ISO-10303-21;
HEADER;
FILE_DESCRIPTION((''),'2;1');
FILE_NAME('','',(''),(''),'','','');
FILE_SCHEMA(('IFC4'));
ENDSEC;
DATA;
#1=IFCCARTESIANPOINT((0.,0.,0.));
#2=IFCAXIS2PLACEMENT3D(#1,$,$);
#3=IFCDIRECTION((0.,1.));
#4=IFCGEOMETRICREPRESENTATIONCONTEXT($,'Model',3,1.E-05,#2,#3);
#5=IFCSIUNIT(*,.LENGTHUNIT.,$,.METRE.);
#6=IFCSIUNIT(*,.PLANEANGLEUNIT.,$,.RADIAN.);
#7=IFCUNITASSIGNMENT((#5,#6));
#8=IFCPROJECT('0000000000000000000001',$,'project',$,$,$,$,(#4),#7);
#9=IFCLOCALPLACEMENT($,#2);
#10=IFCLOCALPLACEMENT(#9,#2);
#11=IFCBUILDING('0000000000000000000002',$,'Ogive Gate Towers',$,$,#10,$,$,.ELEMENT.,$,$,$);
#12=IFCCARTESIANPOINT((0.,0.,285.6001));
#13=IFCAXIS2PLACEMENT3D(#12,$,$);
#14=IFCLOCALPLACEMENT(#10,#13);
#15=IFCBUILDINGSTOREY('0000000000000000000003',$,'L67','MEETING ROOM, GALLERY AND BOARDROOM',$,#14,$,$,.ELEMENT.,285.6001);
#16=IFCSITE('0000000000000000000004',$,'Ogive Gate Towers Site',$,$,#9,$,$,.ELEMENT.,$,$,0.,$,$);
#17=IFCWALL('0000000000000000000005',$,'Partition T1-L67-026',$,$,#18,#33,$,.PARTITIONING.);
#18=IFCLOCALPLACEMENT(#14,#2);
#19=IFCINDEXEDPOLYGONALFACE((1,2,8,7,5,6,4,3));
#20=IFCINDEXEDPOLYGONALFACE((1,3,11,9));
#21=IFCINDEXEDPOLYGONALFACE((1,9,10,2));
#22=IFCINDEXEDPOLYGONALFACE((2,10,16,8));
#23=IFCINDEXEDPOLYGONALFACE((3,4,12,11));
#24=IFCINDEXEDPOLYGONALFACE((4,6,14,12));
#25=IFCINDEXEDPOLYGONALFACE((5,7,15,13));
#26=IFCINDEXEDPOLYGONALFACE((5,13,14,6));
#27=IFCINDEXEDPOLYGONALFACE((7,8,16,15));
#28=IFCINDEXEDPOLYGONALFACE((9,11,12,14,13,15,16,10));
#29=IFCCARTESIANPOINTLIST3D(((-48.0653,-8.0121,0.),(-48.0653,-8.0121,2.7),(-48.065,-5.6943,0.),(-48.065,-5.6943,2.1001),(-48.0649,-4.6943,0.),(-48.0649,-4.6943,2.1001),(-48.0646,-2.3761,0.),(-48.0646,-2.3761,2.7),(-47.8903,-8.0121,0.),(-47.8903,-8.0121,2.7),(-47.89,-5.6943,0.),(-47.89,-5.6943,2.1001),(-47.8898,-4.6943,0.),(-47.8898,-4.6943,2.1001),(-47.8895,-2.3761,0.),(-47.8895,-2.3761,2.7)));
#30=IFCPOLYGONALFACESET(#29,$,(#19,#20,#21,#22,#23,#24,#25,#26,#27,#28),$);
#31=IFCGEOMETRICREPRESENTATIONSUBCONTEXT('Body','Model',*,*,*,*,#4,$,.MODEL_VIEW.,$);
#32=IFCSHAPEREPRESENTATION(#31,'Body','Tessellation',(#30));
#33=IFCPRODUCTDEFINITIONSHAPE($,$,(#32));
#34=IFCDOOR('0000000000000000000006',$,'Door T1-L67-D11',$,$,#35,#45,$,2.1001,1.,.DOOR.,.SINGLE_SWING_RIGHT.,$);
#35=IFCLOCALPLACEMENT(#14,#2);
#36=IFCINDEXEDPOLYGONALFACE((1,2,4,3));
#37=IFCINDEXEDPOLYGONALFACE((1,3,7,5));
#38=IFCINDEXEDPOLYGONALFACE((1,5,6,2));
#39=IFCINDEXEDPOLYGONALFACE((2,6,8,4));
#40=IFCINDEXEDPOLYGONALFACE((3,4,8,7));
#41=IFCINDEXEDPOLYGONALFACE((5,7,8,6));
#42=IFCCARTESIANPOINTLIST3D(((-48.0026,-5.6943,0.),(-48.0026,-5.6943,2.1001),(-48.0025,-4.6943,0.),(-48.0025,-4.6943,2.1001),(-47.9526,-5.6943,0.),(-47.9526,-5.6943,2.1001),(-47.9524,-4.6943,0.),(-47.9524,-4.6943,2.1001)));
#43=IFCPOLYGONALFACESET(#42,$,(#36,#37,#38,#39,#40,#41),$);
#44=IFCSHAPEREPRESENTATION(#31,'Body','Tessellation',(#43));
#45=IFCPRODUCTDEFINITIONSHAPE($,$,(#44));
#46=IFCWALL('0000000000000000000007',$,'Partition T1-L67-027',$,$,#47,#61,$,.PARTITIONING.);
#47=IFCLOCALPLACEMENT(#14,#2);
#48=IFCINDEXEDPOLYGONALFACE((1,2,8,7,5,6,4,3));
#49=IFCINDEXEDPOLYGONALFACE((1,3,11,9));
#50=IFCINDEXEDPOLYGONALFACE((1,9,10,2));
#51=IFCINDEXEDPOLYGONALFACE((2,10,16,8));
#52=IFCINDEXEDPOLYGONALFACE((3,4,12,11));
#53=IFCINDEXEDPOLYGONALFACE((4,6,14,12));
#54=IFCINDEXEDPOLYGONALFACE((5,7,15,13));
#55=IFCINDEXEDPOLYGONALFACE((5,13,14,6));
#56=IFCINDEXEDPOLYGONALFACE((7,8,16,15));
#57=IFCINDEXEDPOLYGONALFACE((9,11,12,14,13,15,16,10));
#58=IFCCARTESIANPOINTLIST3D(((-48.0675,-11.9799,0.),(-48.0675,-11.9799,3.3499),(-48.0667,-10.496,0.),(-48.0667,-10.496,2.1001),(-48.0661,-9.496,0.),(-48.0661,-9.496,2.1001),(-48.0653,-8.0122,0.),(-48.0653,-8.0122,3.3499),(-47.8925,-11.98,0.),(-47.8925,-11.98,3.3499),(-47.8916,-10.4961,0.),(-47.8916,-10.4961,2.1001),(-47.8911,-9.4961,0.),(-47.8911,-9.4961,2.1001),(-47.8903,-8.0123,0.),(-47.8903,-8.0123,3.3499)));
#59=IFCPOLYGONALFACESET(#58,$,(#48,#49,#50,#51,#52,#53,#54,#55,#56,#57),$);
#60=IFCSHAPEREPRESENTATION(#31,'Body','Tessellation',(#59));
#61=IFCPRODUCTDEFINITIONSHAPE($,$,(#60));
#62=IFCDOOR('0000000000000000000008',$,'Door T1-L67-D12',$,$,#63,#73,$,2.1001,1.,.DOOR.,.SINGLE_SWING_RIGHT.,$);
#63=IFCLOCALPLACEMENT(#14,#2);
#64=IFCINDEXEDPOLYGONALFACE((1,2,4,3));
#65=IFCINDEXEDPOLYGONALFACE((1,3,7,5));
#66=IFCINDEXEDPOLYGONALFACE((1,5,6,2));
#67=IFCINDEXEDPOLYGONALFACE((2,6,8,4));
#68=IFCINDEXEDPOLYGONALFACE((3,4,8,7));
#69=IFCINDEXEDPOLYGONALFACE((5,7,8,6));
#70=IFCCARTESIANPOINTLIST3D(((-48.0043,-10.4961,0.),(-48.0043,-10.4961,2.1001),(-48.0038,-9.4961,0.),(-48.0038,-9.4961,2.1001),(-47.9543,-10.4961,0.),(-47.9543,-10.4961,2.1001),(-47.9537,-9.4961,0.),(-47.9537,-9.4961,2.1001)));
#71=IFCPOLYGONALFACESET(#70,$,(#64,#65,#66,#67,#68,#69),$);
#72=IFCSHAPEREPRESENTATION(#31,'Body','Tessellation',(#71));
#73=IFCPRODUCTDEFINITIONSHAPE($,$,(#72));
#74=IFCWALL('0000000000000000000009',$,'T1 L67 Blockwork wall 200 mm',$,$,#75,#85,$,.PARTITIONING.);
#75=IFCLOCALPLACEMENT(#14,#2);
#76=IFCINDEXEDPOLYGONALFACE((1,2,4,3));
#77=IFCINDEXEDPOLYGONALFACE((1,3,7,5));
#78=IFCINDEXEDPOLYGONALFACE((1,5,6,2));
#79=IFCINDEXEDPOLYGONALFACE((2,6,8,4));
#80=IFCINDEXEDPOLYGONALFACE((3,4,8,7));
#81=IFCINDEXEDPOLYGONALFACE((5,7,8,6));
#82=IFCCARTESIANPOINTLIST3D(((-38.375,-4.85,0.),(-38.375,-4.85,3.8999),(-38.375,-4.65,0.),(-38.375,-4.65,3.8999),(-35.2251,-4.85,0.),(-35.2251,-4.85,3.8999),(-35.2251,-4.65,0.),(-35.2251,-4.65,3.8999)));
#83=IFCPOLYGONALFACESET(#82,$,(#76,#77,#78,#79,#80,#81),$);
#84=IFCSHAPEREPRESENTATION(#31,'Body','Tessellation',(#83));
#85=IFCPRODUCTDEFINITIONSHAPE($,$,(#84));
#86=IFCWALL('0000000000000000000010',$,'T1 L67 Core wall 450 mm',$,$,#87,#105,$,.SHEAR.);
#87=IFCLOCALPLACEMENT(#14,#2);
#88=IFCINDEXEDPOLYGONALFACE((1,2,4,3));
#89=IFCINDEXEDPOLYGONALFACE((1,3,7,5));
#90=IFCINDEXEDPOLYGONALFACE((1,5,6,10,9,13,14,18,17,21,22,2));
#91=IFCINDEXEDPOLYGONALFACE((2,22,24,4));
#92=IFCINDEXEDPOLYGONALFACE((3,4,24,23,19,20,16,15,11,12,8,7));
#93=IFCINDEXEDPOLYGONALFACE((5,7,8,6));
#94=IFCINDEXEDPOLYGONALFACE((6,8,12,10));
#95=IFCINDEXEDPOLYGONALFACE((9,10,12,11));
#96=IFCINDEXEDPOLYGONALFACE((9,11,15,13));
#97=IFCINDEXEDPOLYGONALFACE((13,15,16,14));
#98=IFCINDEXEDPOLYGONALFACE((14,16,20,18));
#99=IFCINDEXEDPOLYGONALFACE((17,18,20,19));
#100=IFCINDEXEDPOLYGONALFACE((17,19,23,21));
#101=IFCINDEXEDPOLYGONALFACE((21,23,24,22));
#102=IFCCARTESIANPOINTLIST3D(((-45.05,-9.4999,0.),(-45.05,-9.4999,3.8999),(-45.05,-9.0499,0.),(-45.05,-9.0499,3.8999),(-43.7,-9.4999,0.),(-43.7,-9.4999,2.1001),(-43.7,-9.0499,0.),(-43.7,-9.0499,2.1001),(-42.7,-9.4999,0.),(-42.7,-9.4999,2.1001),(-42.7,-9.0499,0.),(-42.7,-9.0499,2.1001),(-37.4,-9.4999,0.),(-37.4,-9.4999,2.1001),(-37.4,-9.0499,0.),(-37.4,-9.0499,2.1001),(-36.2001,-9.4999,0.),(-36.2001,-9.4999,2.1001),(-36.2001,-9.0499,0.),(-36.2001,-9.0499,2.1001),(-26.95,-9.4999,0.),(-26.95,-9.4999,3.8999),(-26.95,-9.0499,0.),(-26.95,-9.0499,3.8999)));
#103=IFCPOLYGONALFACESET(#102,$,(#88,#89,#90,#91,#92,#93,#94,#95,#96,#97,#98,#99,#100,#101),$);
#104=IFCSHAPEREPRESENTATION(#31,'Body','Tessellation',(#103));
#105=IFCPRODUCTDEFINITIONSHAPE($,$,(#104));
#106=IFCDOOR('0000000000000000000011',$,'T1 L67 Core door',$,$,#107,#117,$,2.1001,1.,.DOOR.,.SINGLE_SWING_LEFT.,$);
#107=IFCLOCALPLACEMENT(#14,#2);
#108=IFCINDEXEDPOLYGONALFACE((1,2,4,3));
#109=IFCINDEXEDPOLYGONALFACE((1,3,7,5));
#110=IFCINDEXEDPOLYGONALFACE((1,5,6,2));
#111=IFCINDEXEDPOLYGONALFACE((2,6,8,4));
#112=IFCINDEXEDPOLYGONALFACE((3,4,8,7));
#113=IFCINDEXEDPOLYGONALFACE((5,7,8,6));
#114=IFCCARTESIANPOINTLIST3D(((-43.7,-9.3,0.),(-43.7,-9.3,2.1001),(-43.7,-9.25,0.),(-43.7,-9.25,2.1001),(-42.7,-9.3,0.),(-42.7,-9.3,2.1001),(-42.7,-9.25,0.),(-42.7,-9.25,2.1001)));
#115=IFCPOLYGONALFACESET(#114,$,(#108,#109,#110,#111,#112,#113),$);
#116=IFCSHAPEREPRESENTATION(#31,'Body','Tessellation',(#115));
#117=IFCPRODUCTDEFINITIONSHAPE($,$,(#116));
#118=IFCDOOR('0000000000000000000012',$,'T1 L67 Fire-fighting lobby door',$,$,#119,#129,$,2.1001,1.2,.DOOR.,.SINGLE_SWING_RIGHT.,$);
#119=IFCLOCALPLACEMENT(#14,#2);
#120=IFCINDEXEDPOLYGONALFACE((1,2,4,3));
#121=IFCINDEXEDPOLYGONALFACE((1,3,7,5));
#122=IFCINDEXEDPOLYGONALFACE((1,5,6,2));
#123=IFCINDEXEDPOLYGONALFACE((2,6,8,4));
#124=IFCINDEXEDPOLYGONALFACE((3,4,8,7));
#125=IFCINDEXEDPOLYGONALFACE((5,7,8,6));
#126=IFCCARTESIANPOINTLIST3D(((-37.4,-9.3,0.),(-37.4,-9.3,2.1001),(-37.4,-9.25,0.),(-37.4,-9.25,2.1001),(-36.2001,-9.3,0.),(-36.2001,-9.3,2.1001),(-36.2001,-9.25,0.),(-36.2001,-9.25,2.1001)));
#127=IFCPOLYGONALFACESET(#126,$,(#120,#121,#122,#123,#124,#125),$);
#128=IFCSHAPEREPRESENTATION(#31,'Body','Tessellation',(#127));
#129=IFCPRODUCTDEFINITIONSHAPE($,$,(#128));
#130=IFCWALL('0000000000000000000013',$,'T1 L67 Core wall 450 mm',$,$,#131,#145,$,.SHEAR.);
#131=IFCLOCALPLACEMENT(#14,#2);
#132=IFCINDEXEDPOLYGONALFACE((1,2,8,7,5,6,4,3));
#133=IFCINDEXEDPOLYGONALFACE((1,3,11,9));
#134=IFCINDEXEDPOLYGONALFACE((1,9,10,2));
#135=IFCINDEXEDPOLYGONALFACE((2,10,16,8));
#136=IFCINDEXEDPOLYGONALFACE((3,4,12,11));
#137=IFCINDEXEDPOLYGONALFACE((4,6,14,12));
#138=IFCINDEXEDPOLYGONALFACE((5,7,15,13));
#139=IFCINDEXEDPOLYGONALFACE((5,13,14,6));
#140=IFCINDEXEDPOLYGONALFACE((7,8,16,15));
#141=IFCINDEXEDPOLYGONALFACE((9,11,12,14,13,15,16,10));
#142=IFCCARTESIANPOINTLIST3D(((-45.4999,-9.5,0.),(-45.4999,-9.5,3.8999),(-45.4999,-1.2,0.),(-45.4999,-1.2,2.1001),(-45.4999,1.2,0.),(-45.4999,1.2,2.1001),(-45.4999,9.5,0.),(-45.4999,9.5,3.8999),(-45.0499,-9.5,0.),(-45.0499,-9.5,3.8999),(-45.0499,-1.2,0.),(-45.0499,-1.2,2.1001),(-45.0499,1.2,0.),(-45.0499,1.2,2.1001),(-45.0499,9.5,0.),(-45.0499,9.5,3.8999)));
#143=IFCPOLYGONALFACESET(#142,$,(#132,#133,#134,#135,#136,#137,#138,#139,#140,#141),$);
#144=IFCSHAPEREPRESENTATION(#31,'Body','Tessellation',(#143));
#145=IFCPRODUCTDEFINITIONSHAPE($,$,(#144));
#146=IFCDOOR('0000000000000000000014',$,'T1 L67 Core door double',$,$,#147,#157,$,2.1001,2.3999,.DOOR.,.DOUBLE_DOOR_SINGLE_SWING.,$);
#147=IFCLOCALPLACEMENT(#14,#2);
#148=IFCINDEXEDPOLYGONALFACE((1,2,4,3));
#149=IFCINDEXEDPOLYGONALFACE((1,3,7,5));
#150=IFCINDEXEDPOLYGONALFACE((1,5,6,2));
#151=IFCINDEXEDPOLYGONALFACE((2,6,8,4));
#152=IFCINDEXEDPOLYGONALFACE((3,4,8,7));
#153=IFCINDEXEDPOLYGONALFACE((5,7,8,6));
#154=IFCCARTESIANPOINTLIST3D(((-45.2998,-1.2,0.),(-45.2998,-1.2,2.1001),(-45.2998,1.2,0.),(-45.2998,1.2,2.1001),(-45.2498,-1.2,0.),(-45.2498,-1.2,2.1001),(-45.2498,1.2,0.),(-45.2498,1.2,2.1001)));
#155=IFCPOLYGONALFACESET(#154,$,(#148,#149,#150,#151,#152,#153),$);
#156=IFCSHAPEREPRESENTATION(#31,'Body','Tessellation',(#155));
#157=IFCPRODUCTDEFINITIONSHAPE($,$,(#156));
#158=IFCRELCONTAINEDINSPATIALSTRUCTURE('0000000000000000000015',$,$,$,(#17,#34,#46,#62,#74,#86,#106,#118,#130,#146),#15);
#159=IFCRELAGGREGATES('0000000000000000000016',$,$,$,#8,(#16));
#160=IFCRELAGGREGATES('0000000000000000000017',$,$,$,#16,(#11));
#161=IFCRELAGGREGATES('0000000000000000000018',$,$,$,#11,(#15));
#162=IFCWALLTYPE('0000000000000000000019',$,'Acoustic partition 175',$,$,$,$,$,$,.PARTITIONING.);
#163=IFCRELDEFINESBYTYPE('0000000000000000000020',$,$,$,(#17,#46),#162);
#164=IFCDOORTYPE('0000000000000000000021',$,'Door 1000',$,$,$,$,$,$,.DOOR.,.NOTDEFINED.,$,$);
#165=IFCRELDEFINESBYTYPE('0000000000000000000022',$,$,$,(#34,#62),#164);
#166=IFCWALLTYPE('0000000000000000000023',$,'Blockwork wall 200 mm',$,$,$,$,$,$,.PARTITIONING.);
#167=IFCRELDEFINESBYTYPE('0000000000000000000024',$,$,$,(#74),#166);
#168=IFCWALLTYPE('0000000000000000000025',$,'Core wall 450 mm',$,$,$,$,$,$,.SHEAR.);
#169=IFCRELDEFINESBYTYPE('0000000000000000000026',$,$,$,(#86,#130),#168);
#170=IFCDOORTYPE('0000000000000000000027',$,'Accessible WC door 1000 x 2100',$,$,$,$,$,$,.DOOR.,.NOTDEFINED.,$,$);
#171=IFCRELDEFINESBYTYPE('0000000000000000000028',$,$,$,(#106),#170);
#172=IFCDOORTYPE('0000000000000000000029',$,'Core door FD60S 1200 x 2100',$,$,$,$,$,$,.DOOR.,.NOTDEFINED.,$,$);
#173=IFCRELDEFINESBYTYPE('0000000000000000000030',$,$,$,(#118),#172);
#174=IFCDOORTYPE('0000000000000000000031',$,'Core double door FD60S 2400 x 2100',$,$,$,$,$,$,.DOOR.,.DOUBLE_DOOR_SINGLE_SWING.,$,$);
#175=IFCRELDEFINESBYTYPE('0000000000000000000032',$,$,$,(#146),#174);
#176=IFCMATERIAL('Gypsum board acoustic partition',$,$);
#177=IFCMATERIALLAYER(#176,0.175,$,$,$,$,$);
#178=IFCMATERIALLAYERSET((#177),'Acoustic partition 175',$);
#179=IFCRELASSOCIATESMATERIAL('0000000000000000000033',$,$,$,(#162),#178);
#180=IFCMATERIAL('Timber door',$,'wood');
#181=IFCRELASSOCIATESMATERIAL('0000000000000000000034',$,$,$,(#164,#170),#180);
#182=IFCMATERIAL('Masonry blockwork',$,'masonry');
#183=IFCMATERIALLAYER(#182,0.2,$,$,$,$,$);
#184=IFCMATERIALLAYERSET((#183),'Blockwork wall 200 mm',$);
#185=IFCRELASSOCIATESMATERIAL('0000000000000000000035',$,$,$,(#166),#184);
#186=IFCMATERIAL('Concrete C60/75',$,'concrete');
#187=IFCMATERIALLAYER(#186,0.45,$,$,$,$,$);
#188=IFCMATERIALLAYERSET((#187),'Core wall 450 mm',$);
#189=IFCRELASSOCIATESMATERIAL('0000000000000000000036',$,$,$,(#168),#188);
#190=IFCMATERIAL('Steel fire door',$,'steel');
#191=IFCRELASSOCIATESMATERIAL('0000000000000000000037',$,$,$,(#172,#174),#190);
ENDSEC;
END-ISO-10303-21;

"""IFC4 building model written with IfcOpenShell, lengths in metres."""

from ifc_helpers import new_model, si_unit, direction, frame, frame_2d, origin, place, context, subcontext, project, spatial, rectangle, extrude, material, layer, layer_set, type_object, element, fill, save


model = new_model("IFC4")

# Units and contexts
model_context = context("Model", 3, precision=1e-05, world=origin(), true_north=direction((0.0, 1.0)))
body_context = subcontext(model_context, "Body", "Model", "MODEL_VIEW")
ifc_project = project(units=[si_unit("LENGTHUNIT", "METRE"), si_unit("PLANEANGLEUNIT", "RADIAN")], contexts=[model_context])

# Site, building, storey
site_placement = place(None, origin())
site = spatial("IfcSite", under=ifc_project, at=site_placement, Name="Ogive Gate Towers Site", CompositionType="ELEMENT", RefElevation=0.0)
building_placement = place(site_placement, origin())
building = spatial("IfcBuilding", under=site, at=building_placement, Name="Ogive Gate Towers", CompositionType="ELEMENT")
storey_placement = place(building_placement, frame((0.0, 0.0, 285.6001)))
storey = spatial("IfcBuildingStorey", under=building, at=storey_placement, Name="L67", Description="MEETING ROOM, GALLERY AND BOARDROOM", CompositionType="ELEMENT", Elevation=285.6001)

# Shared definitions
ifc_material_1 = material(Name="Gypsum board acoustic partition")
ifc_layer_1 = layer(ifc_material_1, 0.175)
ifc_layer_set_1 = layer_set([ifc_layer_1], Name="Acoustic partition 175")
wall_type_1 = type_object("IfcWallType", Name="Acoustic partition 175", PredefinedType="PARTITIONING", material=ifc_layer_set_1)

# Walls, openings, doors
wall_1_placement = place(storey_placement, frame((-47.9771, -2.3762, 0.0), z_axis=(0.0, 0.0, 1.0), x_axis=(-0.00013, -1.0, 0.0)))
wall_1 = element("IfcWall", 1, at=wall_1_placement, inside=storey, type_object=wall_type_1, Name="Partition T1-L67-026", PredefinedType="PARTITIONING", context=body_context, shape_type="SweptSolid", body=[
    extrude(rectangle(XDim=5.636, YDim=0.175, at=frame_2d((2.8179, 0.0))), origin(), (0.0, 0.0, 1.0), 2.7),
])
opening_1_placement = place(wall_1_placement, frame((2.3181, 0.0, 0.0)))
opening_1 = element("IfcOpeningElement", 2, at=opening_1_placement, cuts=wall_1, PredefinedType="OPENING", context=body_context, shape_type="SweptSolid", body=[
    extrude(rectangle(XDim=1.0, YDim=2.1001, at=frame_2d((0.5, 1.05))), frame((0.0, 0.0977, 0.0), z_axis=(0.0, -1.0, 0.0), x_axis=(1.0, 0.0, 0.0)), (0.0, 0.0, 1.0), 0.1951),
])
ifc_material_2 = material(Name="Timber door", Category="wood")
door_type_1 = type_object("IfcDoorType", Name="Door 1000", OperationType="NOTDEFINED", PredefinedType="DOOR", material=ifc_material_2)
door_1_placement = place(opening_1_placement, origin())
door_1 = element("IfcDoor", 3, at=door_1_placement, inside=storey, type_object=door_type_1, Name="Door T1-L67-D11", OperationType="SINGLE_SWING_RIGHT", OverallHeight=2.1001, OverallWidth=1.0, PredefinedType="DOOR", context=body_context, shape_type="SweptSolid", body=[
    extrude(rectangle(XDim=1.0, YDim=2.1001, at=frame_2d((0.5, 1.05))), frame((0.0, 0.0249, 0.0), z_axis=(0.0, -1.0, 0.0), x_axis=(1.0, 0.0, 0.0)), (0.0, 0.0, 1.0), 0.05),
])
fill(opening_1, door_1)
wall_2_placement = place(storey_placement, frame((-47.9778, -8.0122, 0.0), z_axis=(0.0, 0.0, 1.0), x_axis=(-0.000554, -1.0, 0.0)))
wall_2 = element("IfcWall", 4, at=wall_2_placement, inside=storey, type_object=wall_type_1, Name="Partition T1-L67-027", PredefinedType="PARTITIONING", context=body_context, shape_type="SweptSolid", body=[
    extrude(rectangle(XDim=3.9678, YDim=0.175, at=frame_2d((1.9839, 0.0))), origin(), (0.0, 0.0, 1.0), 3.3499),
])
opening_2_placement = place(wall_2_placement, frame((1.4839, 0.0, 0.0)))
opening_2 = element("IfcOpeningElement", 5, at=opening_2_placement, cuts=wall_2, PredefinedType="OPENING", context=body_context, shape_type="SweptSolid", body=[
    extrude(rectangle(XDim=1.0, YDim=2.1001, at=frame_2d((0.5, 1.05))), frame((0.0, 0.0977, 0.0), z_axis=(0.0, -1.0, 0.0), x_axis=(1.0, 0.0, 0.0)), (0.0, 0.0, 1.0), 0.1951),
])
door_2_placement = place(opening_2_placement, origin())
door_2 = element("IfcDoor", 6, at=door_2_placement, inside=storey, type_object=door_type_1, Name="Door T1-L67-D12", OperationType="SINGLE_SWING_RIGHT", OverallHeight=2.1001, OverallWidth=1.0, PredefinedType="DOOR", context=body_context, shape_type="SweptSolid", body=[
    extrude(rectangle(XDim=1.0, YDim=2.1001, at=frame_2d((0.5, 1.05))), frame((0.0, 0.0249, 0.0), z_axis=(0.0, -1.0, 0.0), x_axis=(1.0, 0.0, 0.0)), (0.0, 0.0, 1.0), 0.05),
])
fill(opening_2, door_2)

# Wall
ifc_material_3 = material(Name="Masonry blockwork", Category="masonry")
ifc_layer_2 = layer(ifc_material_3, 0.2)
ifc_layer_set_2 = layer_set([ifc_layer_2], Name="Blockwork wall 200 mm")
wall_type_2 = type_object("IfcWallType", Name="Blockwork wall 200 mm", PredefinedType="PARTITIONING", material=ifc_layer_set_2)
wall_3_placement = place(storey_placement, frame((-38.375, -4.75, 0.0), z_axis=(0.0, 0.0, 1.0), x_axis=(1.0, 0.0, 0.0)))
element("IfcWall", 7, at=wall_3_placement, inside=storey, type_object=wall_type_2, Name="T1 L67 Blockwork wall 200 mm", PredefinedType="PARTITIONING", context=body_context, shape_type="SweptSolid", body=[
    extrude(rectangle(XDim=3.1499, YDim=0.2, at=frame_2d((1.575, 0.0))), origin(), (0.0, 0.0, 1.0), 3.8999),
])

# Wall, openings, doors
ifc_material_4 = material(Name="Concrete C60/75", Category="concrete")
ifc_layer_3 = layer(ifc_material_4, 0.45)
ifc_layer_set_3 = layer_set([ifc_layer_3], Name="Core wall 450 mm")
wall_type_3 = type_object("IfcWallType", Name="Core wall 450 mm", PredefinedType="SHEAR", material=ifc_layer_set_3)
wall_4_placement = place(storey_placement, frame((-45.05, -9.2749, 0.0), z_axis=(0.0, 0.0, 1.0), x_axis=(1.0, 0.0, 0.0)))
wall_4 = element("IfcWall", 8, at=wall_4_placement, inside=storey, type_object=wall_type_3, Name="T1 L67 Core wall 450 mm", PredefinedType="SHEAR", context=body_context, shape_type="SweptSolid", body=[
    extrude(rectangle(XDim=18.1001, YDim=0.45, at=frame_2d((9.05, 0.0))), origin(), (0.0, 0.0, 1.0), 3.8999),
])
opening_3_placement = place(wall_4_placement, frame((7.6499, 0.0, 0.0)))
opening_3 = element("IfcOpeningElement", 9, at=opening_3_placement, cuts=wall_4, PredefinedType="OPENING", context=body_context, shape_type="SweptSolid", body=[
    extrude(rectangle(XDim=1.2, YDim=2.1001, at=frame_2d((0.6001, 1.05))), frame((0.0, 0.2349, 0.0), z_axis=(0.0, -1.0, 0.0), x_axis=(1.0, 0.0, 0.0)), (0.0, 0.0, 1.0), 0.47),
])
opening_4_placement = place(wall_4_placement, frame((1.3501, 0.0, 0.0)))
opening_4 = element("IfcOpeningElement", 10, at=opening_4_placement, cuts=wall_4, PredefinedType="OPENING", context=body_context, shape_type="SweptSolid", body=[
    extrude(rectangle(XDim=1.0, YDim=2.1001, at=frame_2d((0.5, 1.05))), frame((0.0, 0.2349, 0.0), z_axis=(0.0, -1.0, 0.0), x_axis=(1.0, 0.0, 0.0)), (0.0, 0.0, 1.0), 0.47),
])
door_type_2 = type_object("IfcDoorType", Name="Accessible WC door 1000 x 2100", OperationType="NOTDEFINED", PredefinedType="DOOR", material=ifc_material_2)
door_3_placement = place(opening_4_placement, origin())
door_3 = element("IfcDoor", 11, at=door_3_placement, inside=storey, type_object=door_type_2, Name="T1 L67 Core door", OperationType="SINGLE_SWING_LEFT", OverallHeight=2.1001, OverallWidth=1.0, PredefinedType="DOOR", context=body_context, shape_type="SweptSolid", body=[
    extrude(rectangle(XDim=1.0, YDim=2.1001, at=frame_2d((0.5, 1.05))), frame((0.0, 0.0249, 0.0), z_axis=(0.0, -1.0, 0.0), x_axis=(1.0, 0.0, 0.0)), (0.0, 0.0, 1.0), 0.05),
])
fill(opening_4, door_3)
ifc_material_5 = material(Name="Steel fire door", Category="steel")
door_type_3 = type_object("IfcDoorType", Name="Core door FD60S 1200 x 2100", OperationType="NOTDEFINED", PredefinedType="DOOR", material=ifc_material_5)
door_4_placement = place(opening_3_placement, origin())
door_4 = element("IfcDoor", 12, at=door_4_placement, inside=storey, type_object=door_type_3, Name="T1 L67 Fire-fighting lobby door", OperationType="SINGLE_SWING_RIGHT", OverallHeight=2.1001, OverallWidth=1.2, PredefinedType="DOOR", context=body_context, shape_type="SweptSolid", body=[
    extrude(rectangle(XDim=1.2, YDim=2.1001, at=frame_2d((0.6001, 1.05))), frame((0.0, 0.0249, 0.0), z_axis=(0.0, -1.0, 0.0), x_axis=(1.0, 0.0, 0.0)), (0.0, 0.0, 1.0), 0.05),
])
fill(opening_3, door_4)

# Wall, opening, door
wall_5_placement = place(storey_placement, frame((-45.2749, -9.5, 0.0), z_axis=(0.0, 0.0, 1.0), x_axis=(0.0, 1.0, 0.0)))
wall_5 = element("IfcWall", 13, at=wall_5_placement, inside=storey, type_object=wall_type_3, Name="T1 L67 Core wall 450 mm", PredefinedType="SHEAR", context=body_context, shape_type="SweptSolid", body=[
    extrude(rectangle(XDim=19.0, YDim=0.45, at=frame_2d((9.5, 0.0))), origin(), (0.0, 0.0, 1.0), 3.8999),
])
opening_5_placement = place(wall_5_placement, frame((8.3, 0.0, 0.0)))
opening_5 = element("IfcOpeningElement", 14, at=opening_5_placement, cuts=wall_5, PredefinedType="OPENING", context=body_context, shape_type="SweptSolid", body=[
    extrude(rectangle(XDim=2.3999, YDim=2.1001, at=frame_2d((1.2, 1.05))), frame((0.0, 0.2349, 0.0), z_axis=(0.0, -1.0, 0.0), x_axis=(1.0, 0.0, 0.0)), (0.0, 0.0, 1.0), 0.47),
])
door_type_4 = type_object("IfcDoorType", Name="Core double door FD60S 2400 x 2100", OperationType="DOUBLE_DOOR_SINGLE_SWING", PredefinedType="DOOR", material=ifc_material_5)
door_5_placement = place(opening_5_placement, origin())
door_5 = element("IfcDoor", 15, at=door_5_placement, inside=storey, type_object=door_type_4, Name="T1 L67 Core door double", OperationType="DOUBLE_DOOR_SINGLE_SWING", OverallHeight=2.1001, OverallWidth=2.3999, PredefinedType="DOOR", context=body_context, shape_type="SweptSolid", body=[
    extrude(rectangle(XDim=2.3999, YDim=2.1001, at=frame_2d((1.2, 1.05))), frame((0.0, 0.0249, 0.0), z_axis=(0.0, -1.0, 0.0), x_axis=(1.0, 0.0, 0.0)), (0.0, 0.0, 1.0), 0.05),
])
fill(opening_5, door_5)

save(model, "model.ifc")
